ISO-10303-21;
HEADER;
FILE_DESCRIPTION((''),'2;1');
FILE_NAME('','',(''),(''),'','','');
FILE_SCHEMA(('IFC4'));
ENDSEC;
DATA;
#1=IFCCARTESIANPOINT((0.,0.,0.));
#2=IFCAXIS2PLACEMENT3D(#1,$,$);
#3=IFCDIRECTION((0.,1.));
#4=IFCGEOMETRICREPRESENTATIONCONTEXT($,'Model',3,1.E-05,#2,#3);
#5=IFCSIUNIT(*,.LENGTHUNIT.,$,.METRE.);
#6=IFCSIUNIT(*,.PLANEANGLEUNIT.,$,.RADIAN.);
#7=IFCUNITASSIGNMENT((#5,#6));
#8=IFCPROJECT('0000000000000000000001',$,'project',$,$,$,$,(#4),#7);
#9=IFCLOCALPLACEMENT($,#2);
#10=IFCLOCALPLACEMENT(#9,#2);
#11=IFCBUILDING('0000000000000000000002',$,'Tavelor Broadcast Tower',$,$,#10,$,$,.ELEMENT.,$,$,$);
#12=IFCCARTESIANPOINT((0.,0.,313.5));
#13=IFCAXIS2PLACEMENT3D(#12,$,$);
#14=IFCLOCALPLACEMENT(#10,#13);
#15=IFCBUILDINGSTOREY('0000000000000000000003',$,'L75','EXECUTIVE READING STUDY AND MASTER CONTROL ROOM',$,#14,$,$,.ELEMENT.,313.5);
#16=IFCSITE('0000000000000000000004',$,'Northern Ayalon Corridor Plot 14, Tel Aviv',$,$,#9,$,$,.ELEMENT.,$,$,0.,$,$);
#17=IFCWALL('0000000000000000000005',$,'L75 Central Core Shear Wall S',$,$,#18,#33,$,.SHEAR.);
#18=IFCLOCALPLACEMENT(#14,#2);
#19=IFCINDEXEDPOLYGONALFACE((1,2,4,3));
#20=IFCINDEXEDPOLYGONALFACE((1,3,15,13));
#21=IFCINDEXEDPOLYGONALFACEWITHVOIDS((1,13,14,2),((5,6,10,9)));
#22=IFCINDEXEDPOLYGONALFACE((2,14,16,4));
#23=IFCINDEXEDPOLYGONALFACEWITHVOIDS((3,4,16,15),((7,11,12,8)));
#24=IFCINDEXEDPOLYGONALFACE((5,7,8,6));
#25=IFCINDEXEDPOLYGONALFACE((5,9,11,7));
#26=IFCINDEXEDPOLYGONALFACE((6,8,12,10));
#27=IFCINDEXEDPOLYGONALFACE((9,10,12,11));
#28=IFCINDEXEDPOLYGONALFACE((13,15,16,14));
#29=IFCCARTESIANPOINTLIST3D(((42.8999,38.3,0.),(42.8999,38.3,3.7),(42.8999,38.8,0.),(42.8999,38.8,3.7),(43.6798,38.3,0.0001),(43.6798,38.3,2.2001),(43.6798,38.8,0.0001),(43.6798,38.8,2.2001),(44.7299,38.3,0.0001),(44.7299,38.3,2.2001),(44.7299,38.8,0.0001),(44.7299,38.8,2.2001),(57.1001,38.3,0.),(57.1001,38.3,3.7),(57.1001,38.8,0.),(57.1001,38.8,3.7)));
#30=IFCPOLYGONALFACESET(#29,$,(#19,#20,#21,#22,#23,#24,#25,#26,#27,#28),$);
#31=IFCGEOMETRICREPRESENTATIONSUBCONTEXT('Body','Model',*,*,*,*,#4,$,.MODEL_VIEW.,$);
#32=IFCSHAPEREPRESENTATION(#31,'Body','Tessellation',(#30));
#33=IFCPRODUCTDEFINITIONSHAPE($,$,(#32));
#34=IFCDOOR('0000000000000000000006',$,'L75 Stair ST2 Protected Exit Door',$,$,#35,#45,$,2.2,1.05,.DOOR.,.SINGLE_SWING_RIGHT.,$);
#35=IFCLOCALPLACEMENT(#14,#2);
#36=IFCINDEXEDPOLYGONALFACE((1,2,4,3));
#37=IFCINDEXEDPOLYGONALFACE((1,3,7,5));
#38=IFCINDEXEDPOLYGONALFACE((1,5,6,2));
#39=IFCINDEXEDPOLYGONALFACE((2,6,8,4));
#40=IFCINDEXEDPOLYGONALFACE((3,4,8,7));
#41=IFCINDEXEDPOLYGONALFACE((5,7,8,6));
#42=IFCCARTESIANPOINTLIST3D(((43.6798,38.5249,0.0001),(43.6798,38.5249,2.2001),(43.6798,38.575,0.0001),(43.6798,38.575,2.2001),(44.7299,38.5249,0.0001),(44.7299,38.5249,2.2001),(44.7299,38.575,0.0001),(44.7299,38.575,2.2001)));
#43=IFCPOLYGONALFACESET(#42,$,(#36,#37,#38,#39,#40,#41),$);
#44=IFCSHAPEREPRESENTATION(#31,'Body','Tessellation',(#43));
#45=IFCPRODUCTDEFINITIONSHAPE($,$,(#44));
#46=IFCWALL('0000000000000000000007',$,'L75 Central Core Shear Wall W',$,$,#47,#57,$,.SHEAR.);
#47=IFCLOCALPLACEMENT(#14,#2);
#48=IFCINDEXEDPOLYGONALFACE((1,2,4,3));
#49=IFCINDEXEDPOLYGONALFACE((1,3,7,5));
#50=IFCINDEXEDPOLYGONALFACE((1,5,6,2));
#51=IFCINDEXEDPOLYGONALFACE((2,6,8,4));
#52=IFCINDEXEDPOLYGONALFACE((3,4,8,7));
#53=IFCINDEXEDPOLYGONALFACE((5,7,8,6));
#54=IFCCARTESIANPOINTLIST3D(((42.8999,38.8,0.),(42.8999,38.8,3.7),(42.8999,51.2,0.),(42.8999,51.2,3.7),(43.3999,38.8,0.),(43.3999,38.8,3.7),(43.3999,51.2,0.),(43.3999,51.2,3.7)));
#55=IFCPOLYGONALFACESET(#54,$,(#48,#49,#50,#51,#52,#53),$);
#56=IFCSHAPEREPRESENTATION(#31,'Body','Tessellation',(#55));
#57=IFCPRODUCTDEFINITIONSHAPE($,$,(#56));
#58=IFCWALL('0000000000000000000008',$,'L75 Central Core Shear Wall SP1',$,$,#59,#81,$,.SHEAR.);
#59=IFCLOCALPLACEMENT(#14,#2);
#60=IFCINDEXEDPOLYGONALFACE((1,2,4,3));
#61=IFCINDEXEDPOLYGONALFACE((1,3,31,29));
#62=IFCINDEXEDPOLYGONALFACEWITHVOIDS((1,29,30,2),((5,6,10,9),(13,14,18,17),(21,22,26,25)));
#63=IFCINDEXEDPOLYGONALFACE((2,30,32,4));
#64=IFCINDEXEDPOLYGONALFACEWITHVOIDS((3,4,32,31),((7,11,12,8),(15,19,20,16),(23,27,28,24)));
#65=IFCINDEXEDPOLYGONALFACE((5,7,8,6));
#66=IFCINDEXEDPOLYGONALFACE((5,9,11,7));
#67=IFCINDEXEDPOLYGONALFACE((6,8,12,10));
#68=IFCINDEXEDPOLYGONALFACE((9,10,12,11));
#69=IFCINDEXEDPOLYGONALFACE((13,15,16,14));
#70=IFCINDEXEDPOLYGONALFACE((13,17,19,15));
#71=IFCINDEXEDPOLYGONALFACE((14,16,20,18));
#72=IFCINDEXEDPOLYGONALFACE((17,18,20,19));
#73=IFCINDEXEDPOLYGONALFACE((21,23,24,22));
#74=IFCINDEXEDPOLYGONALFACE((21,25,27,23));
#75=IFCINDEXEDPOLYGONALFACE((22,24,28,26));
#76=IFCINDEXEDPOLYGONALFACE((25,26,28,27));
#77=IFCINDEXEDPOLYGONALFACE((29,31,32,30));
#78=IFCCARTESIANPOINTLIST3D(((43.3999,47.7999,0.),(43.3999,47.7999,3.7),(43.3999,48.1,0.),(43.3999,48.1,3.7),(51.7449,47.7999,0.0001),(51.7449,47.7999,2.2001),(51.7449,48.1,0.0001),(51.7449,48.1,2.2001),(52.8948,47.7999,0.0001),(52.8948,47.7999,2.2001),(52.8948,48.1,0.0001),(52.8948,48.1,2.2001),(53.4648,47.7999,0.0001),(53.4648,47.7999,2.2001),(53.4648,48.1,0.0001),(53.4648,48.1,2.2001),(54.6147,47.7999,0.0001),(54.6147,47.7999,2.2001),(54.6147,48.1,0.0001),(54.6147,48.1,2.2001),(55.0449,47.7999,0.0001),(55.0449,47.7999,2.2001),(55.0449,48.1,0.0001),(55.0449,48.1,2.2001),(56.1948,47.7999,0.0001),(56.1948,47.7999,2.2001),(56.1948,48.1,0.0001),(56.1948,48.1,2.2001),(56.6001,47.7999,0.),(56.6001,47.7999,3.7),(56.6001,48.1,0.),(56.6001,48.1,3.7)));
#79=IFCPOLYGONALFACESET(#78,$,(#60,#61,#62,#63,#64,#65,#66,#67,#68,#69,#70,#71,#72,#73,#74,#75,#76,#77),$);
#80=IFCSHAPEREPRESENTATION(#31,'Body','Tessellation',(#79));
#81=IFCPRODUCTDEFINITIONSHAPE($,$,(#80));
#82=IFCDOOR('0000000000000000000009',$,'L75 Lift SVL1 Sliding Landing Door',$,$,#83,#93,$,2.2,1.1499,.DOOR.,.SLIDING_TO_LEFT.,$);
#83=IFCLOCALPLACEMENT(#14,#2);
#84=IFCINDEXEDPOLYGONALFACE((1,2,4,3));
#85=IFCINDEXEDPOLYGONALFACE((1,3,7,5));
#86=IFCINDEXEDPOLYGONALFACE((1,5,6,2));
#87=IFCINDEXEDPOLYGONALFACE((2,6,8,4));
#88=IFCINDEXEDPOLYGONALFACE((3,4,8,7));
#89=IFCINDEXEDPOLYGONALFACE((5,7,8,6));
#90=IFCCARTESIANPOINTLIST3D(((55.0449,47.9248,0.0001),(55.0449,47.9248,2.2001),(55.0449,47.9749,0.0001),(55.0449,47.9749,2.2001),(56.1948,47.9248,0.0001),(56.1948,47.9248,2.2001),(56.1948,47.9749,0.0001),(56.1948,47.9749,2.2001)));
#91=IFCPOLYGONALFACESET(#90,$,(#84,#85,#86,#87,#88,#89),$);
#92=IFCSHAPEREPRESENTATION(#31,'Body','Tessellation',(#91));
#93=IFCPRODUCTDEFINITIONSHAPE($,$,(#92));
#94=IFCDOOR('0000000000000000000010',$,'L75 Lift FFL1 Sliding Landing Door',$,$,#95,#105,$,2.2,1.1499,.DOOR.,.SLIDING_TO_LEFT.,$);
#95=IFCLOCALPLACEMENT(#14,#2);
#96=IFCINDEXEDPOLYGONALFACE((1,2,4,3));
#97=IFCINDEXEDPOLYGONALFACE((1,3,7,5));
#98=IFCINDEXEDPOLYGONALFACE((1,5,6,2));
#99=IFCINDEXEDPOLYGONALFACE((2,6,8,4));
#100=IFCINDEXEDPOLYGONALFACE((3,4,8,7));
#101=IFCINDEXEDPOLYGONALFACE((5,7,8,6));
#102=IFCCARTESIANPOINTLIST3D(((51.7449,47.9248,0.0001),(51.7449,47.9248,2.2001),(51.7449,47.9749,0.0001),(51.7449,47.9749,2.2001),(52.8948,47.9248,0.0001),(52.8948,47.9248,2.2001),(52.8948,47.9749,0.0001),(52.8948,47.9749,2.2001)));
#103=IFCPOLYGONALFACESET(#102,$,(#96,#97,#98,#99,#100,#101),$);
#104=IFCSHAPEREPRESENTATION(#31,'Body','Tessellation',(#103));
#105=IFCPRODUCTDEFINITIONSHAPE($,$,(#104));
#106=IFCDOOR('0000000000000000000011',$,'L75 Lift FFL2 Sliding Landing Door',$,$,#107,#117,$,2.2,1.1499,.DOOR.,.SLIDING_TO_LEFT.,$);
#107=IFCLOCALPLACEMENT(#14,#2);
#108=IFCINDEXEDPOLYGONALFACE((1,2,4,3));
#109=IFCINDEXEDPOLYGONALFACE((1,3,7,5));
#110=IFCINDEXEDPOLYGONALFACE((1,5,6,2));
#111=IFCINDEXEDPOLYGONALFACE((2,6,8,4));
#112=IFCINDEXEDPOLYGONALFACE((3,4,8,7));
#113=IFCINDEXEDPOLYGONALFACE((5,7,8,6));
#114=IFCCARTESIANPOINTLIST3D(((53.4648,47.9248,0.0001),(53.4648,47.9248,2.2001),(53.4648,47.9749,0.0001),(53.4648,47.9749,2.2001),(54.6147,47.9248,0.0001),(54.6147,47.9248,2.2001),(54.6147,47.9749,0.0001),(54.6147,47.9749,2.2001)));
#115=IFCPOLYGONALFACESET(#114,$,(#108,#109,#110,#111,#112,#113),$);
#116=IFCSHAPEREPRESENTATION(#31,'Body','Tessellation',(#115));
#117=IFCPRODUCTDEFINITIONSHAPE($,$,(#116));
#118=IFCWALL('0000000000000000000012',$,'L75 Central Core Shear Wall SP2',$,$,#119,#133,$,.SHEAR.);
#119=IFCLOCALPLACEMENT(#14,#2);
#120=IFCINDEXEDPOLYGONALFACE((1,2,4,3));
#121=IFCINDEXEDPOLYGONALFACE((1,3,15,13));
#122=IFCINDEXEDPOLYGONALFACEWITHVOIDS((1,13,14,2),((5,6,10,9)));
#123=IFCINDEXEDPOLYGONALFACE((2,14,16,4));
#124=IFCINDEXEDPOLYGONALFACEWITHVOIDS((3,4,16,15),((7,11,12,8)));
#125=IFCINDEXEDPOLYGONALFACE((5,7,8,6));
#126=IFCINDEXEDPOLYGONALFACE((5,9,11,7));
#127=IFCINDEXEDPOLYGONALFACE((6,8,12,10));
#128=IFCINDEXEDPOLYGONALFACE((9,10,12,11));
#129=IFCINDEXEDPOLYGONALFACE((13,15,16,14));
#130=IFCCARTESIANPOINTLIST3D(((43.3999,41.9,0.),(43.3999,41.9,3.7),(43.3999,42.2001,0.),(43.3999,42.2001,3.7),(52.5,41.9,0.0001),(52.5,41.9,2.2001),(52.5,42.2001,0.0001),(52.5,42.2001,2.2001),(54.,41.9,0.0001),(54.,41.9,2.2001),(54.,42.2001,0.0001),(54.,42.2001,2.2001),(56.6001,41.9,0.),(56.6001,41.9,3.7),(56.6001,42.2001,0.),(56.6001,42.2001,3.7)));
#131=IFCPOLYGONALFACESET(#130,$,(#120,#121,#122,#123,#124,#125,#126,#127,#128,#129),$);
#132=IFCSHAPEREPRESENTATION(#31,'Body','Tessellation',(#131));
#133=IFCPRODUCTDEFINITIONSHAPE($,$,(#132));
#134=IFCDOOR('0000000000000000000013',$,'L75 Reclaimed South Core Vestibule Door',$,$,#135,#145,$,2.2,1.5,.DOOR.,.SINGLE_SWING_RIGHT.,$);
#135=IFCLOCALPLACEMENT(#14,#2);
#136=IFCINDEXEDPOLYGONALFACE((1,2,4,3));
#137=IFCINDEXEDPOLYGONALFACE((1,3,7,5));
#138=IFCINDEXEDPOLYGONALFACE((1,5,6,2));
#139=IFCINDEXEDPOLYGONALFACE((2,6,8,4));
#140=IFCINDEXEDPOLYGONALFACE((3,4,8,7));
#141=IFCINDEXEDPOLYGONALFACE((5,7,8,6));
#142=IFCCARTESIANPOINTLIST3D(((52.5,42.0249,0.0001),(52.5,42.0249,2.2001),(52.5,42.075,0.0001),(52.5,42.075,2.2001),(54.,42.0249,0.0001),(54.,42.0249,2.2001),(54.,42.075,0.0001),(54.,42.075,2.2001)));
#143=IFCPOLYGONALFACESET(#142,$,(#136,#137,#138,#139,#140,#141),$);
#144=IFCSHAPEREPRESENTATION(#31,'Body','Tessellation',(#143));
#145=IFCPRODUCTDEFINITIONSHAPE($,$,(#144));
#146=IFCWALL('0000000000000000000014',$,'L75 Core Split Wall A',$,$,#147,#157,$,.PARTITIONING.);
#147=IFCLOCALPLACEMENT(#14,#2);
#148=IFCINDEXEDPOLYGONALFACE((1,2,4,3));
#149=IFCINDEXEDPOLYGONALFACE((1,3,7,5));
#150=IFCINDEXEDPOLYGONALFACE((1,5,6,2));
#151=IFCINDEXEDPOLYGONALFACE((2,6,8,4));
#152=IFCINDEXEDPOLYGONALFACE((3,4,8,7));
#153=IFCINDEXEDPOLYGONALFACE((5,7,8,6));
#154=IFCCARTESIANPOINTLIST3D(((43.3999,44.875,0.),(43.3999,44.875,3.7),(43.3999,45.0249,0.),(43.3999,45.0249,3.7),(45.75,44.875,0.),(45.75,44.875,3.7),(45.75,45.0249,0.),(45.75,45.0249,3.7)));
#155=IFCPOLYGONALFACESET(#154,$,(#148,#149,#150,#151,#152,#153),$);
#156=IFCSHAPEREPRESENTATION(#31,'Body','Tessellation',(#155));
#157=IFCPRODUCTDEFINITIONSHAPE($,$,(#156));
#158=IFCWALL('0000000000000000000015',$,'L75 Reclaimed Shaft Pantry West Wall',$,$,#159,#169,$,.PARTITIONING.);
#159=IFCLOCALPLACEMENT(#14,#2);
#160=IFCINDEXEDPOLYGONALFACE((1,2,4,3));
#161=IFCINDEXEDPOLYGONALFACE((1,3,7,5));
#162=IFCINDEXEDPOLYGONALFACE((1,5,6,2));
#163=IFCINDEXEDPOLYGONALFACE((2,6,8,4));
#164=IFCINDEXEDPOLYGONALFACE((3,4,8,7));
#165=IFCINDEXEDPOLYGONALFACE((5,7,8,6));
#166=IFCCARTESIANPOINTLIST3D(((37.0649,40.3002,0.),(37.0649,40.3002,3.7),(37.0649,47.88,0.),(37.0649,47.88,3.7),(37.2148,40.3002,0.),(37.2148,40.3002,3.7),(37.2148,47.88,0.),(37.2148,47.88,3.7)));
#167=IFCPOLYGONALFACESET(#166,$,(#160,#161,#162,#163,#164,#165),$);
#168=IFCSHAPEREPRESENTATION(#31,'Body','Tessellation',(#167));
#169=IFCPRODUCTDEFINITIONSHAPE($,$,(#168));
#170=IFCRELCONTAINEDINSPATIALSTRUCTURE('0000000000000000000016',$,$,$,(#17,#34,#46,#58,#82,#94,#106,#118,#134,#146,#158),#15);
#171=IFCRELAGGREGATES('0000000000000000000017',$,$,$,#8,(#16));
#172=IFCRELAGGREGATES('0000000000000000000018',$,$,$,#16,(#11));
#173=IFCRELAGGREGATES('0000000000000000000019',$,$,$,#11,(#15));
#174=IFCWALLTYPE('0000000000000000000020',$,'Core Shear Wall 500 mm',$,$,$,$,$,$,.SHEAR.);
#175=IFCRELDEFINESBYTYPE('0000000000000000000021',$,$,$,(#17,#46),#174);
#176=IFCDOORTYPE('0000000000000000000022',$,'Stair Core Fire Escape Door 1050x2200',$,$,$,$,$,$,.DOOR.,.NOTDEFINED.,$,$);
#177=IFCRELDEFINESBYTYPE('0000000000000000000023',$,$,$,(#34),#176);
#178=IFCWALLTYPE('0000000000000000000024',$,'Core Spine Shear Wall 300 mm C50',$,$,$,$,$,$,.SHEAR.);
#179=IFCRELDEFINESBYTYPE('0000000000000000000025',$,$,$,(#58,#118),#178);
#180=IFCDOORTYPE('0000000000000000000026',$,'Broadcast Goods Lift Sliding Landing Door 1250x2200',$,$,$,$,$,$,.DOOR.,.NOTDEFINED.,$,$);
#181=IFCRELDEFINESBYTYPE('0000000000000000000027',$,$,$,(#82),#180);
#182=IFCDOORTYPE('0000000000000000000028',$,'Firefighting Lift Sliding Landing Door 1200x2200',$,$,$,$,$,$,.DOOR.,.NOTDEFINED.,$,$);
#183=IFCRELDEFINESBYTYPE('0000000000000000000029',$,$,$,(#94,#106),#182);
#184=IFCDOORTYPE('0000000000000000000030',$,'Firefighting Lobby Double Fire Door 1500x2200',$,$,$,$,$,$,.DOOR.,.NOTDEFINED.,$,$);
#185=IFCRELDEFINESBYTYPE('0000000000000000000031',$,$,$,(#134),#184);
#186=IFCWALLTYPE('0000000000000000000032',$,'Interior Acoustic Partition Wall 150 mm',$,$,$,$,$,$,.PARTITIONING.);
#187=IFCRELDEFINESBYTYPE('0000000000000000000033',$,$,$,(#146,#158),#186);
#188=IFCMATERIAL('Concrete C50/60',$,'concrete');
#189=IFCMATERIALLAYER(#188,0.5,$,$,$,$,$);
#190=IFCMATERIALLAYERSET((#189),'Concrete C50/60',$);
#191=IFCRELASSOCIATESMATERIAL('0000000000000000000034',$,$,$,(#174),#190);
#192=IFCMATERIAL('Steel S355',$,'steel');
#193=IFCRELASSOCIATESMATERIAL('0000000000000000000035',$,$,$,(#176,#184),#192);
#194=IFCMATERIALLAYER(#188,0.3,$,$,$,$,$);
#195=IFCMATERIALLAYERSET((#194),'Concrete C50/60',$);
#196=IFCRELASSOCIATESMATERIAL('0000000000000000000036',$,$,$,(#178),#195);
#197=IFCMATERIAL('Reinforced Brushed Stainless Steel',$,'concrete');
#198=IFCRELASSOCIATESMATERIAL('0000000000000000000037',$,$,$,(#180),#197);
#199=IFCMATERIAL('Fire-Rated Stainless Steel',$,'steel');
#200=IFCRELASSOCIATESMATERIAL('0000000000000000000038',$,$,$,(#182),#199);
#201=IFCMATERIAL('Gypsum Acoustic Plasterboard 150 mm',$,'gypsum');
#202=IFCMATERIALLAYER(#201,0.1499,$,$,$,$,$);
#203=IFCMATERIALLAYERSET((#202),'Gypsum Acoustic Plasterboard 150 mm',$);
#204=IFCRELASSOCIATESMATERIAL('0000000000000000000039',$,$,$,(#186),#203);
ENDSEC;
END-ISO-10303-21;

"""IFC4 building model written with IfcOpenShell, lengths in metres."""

from ifc_helpers import new_model, si_unit, direction, frame, frame_2d, origin, place, context, subcontext, project, spatial, rectangle, extrude, material, layer, layer_set, type_object, element, fill, save


model = new_model("IFC4")

# Units and contexts
model_context = context("Model", 3, precision=1e-05, world=origin(), true_north=direction((0.0, 1.0)))
body_context = subcontext(model_context, "Body", "Model", "MODEL_VIEW")
ifc_project = project(units=[si_unit("LENGTHUNIT", "METRE"), si_unit("PLANEANGLEUNIT", "RADIAN")], contexts=[model_context])

# Site, building, storey
site_placement = place(None, origin())
site = spatial("IfcSite", under=ifc_project, at=site_placement, Name="Northern Ayalon Corridor Plot 14, Tel Aviv", CompositionType="ELEMENT", RefElevation=0.0)
building_placement = place(site_placement, origin())
building = spatial("IfcBuilding", under=site, at=building_placement, Name="Tavelor Broadcast Tower", CompositionType="ELEMENT")
storey_placement = place(building_placement, frame((0.0, 0.0, 313.5)))
storey = spatial("IfcBuildingStorey", under=building, at=storey_placement, Name="L75", Description="EXECUTIVE READING STUDY AND MASTER CONTROL ROOM", CompositionType="ELEMENT", Elevation=313.5)

# Shared definitions
ifc_material_1 = material(Name="Concrete C50/60", Category="concrete")

# Shared definitions
ifc_material_2 = material(Name="Steel S355", Category="steel")

# Wall, opening, door
ifc_layer_1 = layer(ifc_material_1, 0.5)
ifc_layer_set_1 = layer_set([ifc_layer_1], Name="Concrete C50/60")
wall_type_1 = type_object("IfcWallType", Name="Core Shear Wall 500 mm", PredefinedType="SHEAR", material=ifc_layer_set_1)
wall_1_placement = place(storey_placement, frame((42.8999, 38.55, 0.0), z_axis=(0.0, 0.0, 1.0), x_axis=(1.0, 0.0, 0.0)))
wall_1 = element("IfcWall", 1, at=wall_1_placement, inside=storey, type_object=wall_type_1, Name="L75 Central Core Shear Wall S", PredefinedType="SHEAR", context=body_context, shape_type="SweptSolid", body=[
    extrude(rectangle(XDim=14.2002, YDim=0.5, at=frame_2d((7.1001, 0.0))), origin(), (0.0, 0.0, 1.0), 3.7),
])
opening_1_placement = place(wall_1_placement, frame((0.78, 0.0, 0.0)))
opening_1 = element("IfcOpeningElement", 2, at=opening_1_placement, cuts=wall_1, PredefinedType="OPENING", context=body_context, shape_type="SweptSolid", body=[
    extrude(rectangle(XDim=1.05, YDim=2.2, at=frame_2d((0.5249, 1.1001))), frame((0.0, 0.26, 0.0), z_axis=(0.0, -1.0, 0.0), x_axis=(1.0, 0.0, 0.0)), (0.0, 0.0, 1.0), 0.52),
])
door_type_1 = type_object("IfcDoorType", Name="Stair Core Fire Escape Door 1050x2200", OperationType="NOTDEFINED", PredefinedType="DOOR", material=ifc_material_2)
door_1_placement = place(opening_1_placement, origin())
door_1 = element("IfcDoor", 3, at=door_1_placement, inside=storey, type_object=door_type_1, Name="L75 Stair ST2 Protected Exit Door", OperationType="SINGLE_SWING_RIGHT", OverallHeight=2.2, OverallWidth=1.05, PredefinedType="DOOR", context=body_context, shape_type="SweptSolid", body=[
    extrude(rectangle(XDim=1.05, YDim=2.2, at=frame_2d((0.5249, 1.1001))), frame((0.0, 0.0249, 0.0), z_axis=(0.0, -1.0, 0.0), x_axis=(1.0, 0.0, 0.0)), (0.0, 0.0, 1.0), 0.05),
])
fill(opening_1, door_1)

# Wall
wall_2_placement = place(storey_placement, frame((43.1499, 38.8, 0.0), z_axis=(0.0, 0.0, 1.0), x_axis=(0.0, 1.0, 0.0)))
element("IfcWall", 4, at=wall_2_placement, inside=storey, type_object=wall_type_1, Name="L75 Central Core Shear Wall W", PredefinedType="SHEAR", context=body_context, shape_type="SweptSolid", body=[
    extrude(rectangle(XDim=12.3999, YDim=0.5, at=frame_2d((6.2, 0.0))), origin(), (0.0, 0.0, 1.0), 3.7),
])

# Wall, openings, doors
ifc_layer_2 = layer(ifc_material_1, 0.3)
ifc_layer_set_2 = layer_set([ifc_layer_2], Name="Concrete C50/60")
wall_type_2 = type_object("IfcWallType", Name="Core Spine Shear Wall 300 mm C50", PredefinedType="SHEAR", material=ifc_layer_set_2)
wall_3_placement = place(storey_placement, frame((43.3999, 47.95, 0.0), z_axis=(0.0, 0.0, 1.0), x_axis=(1.0, 0.0, 0.0)))
wall_3 = element("IfcWall", 5, at=wall_3_placement, inside=storey, type_object=wall_type_2, Name="L75 Central Core Shear Wall SP1", PredefinedType="SHEAR", context=body_context, shape_type="SweptSolid", body=[
    extrude(rectangle(XDim=13.2002, YDim=0.3, at=frame_2d((6.6001, 0.0))), origin(), (0.0, 0.0, 1.0), 3.7),
])
opening_2_placement = place(wall_3_placement, frame((8.345, 0.0, 0.0)))
opening_2 = element("IfcOpeningElement", 6, at=opening_2_placement, cuts=wall_3, PredefinedType="OPENING", context=body_context, shape_type="SweptSolid", body=[
    extrude(rectangle(XDim=1.1499, YDim=2.2, at=frame_2d((0.575, 1.1001))), frame((0.0, 0.1602, 0.0), z_axis=(0.0, -1.0, 0.0), x_axis=(1.0, 0.0, 0.0)), (0.0, 0.0, 1.0), 0.3201),
])
opening_3_placement = place(wall_3_placement, frame((10.0649, 0.0, 0.0)))
opening_3 = element("IfcOpeningElement", 7, at=opening_3_placement, cuts=wall_3, PredefinedType="OPENING", context=body_context, shape_type="SweptSolid", body=[
    extrude(rectangle(XDim=1.1499, YDim=2.2, at=frame_2d((0.575, 1.1001))), frame((0.0, 0.1602, 0.0), z_axis=(0.0, -1.0, 0.0), x_axis=(1.0, 0.0, 0.0)), (0.0, 0.0, 1.0), 0.3201),
])
opening_4_placement = place(wall_3_placement, frame((11.645, 0.0, 0.0)))
opening_4 = element("IfcOpeningElement", 8, at=opening_4_placement, cuts=wall_3, PredefinedType="OPENING", context=body_context, shape_type="SweptSolid", body=[
    extrude(rectangle(XDim=1.1499, YDim=2.2, at=frame_2d((0.575, 1.1001))), frame((0.0, 0.1602, 0.0), z_axis=(0.0, -1.0, 0.0), x_axis=(1.0, 0.0, 0.0)), (0.0, 0.0, 1.0), 0.3201),
])
ifc_material_3 = material(Name="Reinforced Brushed Stainless Steel", Category="concrete")
door_type_2 = type_object("IfcDoorType", Name="Broadcast Goods Lift Sliding Landing Door 1250x2200", OperationType="NOTDEFINED", PredefinedType="DOOR", material=ifc_material_3)
door_2_placement = place(opening_4_placement, origin())
door_2 = element("IfcDoor", 9, at=door_2_placement, inside=storey, type_object=door_type_2, Name="L75 Lift SVL1 Sliding Landing Door", OperationType="SLIDING_TO_LEFT", OverallHeight=2.2, OverallWidth=1.1499, PredefinedType="DOOR", context=body_context, shape_type="SweptSolid", body=[
    extrude(rectangle(XDim=1.1499, YDim=2.2, at=frame_2d((0.575, 1.1001))), frame((0.0, 0.0249, 0.0), z_axis=(0.0, -1.0, 0.0), x_axis=(1.0, 0.0, 0.0)), (0.0, 0.0, 1.0), 0.05),
])
fill(opening_4, door_2)
ifc_material_4 = material(Name="Fire-Rated Stainless Steel", Category="steel")
door_type_3 = type_object("IfcDoorType", Name="Firefighting Lift Sliding Landing Door 1200x2200", OperationType="NOTDEFINED", PredefinedType="DOOR", material=ifc_material_4)
door_3_placement = place(opening_2_placement, origin())
door_3 = element("IfcDoor", 10, at=door_3_placement, inside=storey, type_object=door_type_3, Name="L75 Lift FFL1 Sliding Landing Door", OperationType="SLIDING_TO_LEFT", OverallHeight=2.2, OverallWidth=1.1499, PredefinedType="DOOR", context=body_context, shape_type="SweptSolid", body=[
    extrude(rectangle(XDim=1.1499, YDim=2.2, at=frame_2d((0.575, 1.1001))), frame((0.0, 0.0249, 0.0), z_axis=(0.0, -1.0, 0.0), x_axis=(1.0, 0.0, 0.0)), (0.0, 0.0, 1.0), 0.05),
])
fill(opening_2, door_3)
door_4_placement = place(opening_3_placement, origin())
door_4 = element("IfcDoor", 11, at=door_4_placement, inside=storey, type_object=door_type_3, Name="L75 Lift FFL2 Sliding Landing Door", OperationType="SLIDING_TO_LEFT", OverallHeight=2.2, OverallWidth=1.1499, PredefinedType="DOOR", context=body_context, shape_type="SweptSolid", body=[
    extrude(rectangle(XDim=1.1499, YDim=2.2, at=frame_2d((0.575, 1.1001))), frame((0.0, 0.0249, 0.0), z_axis=(0.0, -1.0, 0.0), x_axis=(1.0, 0.0, 0.0)), (0.0, 0.0, 1.0), 0.05),
])
fill(opening_3, door_4)

# Wall, opening, door
wall_4_placement = place(storey_placement, frame((43.3999, 42.05, 0.0), z_axis=(0.0, 0.0, 1.0), x_axis=(1.0, 0.0, 0.0)))
wall_4 = element("IfcWall", 12, at=wall_4_placement, inside=storey, type_object=wall_type_2, Name="L75 Central Core Shear Wall SP2", PredefinedType="SHEAR", context=body_context, shape_type="SweptSolid", body=[
    extrude(rectangle(XDim=13.2002, YDim=0.3, at=frame_2d((6.6001, 0.0))), origin(), (0.0, 0.0, 1.0), 3.7),
])
opening_5_placement = place(wall_4_placement, frame((9.1001, 0.0, 0.0)))
opening_5 = element("IfcOpeningElement", 13, at=opening_5_placement, cuts=wall_4, PredefinedType="OPENING", context=body_context, shape_type="SweptSolid", body=[
    extrude(rectangle(XDim=1.5, YDim=2.2, at=frame_2d((0.75, 1.1001))), frame((0.0, 0.1602, 0.0), z_axis=(0.0, -1.0, 0.0), x_axis=(1.0, 0.0, 0.0)), (0.0, 0.0, 1.0), 0.3201),
])
door_type_4 = type_object("IfcDoorType", Name="Firefighting Lobby Double Fire Door 1500x2200", OperationType="NOTDEFINED", PredefinedType="DOOR", material=ifc_material_2)
door_5_placement = place(opening_5_placement, origin())
door_5 = element("IfcDoor", 14, at=door_5_placement, inside=storey, type_object=door_type_4, Name="L75 Reclaimed South Core Vestibule Door", OperationType="SINGLE_SWING_RIGHT", OverallHeight=2.2, OverallWidth=1.5, PredefinedType="DOOR", context=body_context, shape_type="SweptSolid", body=[
    extrude(rectangle(XDim=1.5, YDim=2.2, at=frame_2d((0.75, 1.1001))), frame((0.0, 0.0249, 0.0), z_axis=(0.0, -1.0, 0.0), x_axis=(1.0, 0.0, 0.0)), (0.0, 0.0, 1.0), 0.05),
])
fill(opening_5, door_5)

# Walls
ifc_material_5 = material(Name="Gypsum Acoustic Plasterboard 150 mm", Category="gypsum")
ifc_layer_3 = layer(ifc_material_5, 0.1499)
ifc_layer_set_3 = layer_set([ifc_layer_3], Name="Gypsum Acoustic Plasterboard 150 mm")
wall_type_3 = type_object("IfcWallType", Name="Interior Acoustic Partition Wall 150 mm", PredefinedType="PARTITIONING", material=ifc_layer_set_3)
wall_5_placement = place(storey_placement, frame((43.3999, 44.95, 0.0), z_axis=(0.0, 0.0, 1.0), x_axis=(1.0, 0.0, 0.0)))
element("IfcWall", 15, at=wall_5_placement, inside=storey, type_object=wall_type_3, Name="L75 Core Split Wall A", PredefinedType="PARTITIONING", context=body_context, shape_type="SweptSolid", body=[
    extrude(rectangle(XDim=2.3501, YDim=0.1499, at=frame_2d((1.175, 0.0))), origin(), (0.0, 0.0, 1.0), 3.7),
])
wall_6_placement = place(storey_placement, frame((37.1399, 40.3, 0.0), z_axis=(0.0, 0.0, 1.0), x_axis=(0.0, 1.0, 0.0)))
element("IfcWall", 16, at=wall_6_placement, inside=storey, type_object=wall_type_3, Name="L75 Reclaimed Shaft Pantry West Wall", PredefinedType="PARTITIONING", context=body_context, shape_type="SweptSolid", body=[
    extrude(rectangle(XDim=7.5798, YDim=0.1499, at=frame_2d((3.79, 0.0))), origin(), (0.0, 0.0, 1.0), 3.7),
])

save(model, "model.ifc")
